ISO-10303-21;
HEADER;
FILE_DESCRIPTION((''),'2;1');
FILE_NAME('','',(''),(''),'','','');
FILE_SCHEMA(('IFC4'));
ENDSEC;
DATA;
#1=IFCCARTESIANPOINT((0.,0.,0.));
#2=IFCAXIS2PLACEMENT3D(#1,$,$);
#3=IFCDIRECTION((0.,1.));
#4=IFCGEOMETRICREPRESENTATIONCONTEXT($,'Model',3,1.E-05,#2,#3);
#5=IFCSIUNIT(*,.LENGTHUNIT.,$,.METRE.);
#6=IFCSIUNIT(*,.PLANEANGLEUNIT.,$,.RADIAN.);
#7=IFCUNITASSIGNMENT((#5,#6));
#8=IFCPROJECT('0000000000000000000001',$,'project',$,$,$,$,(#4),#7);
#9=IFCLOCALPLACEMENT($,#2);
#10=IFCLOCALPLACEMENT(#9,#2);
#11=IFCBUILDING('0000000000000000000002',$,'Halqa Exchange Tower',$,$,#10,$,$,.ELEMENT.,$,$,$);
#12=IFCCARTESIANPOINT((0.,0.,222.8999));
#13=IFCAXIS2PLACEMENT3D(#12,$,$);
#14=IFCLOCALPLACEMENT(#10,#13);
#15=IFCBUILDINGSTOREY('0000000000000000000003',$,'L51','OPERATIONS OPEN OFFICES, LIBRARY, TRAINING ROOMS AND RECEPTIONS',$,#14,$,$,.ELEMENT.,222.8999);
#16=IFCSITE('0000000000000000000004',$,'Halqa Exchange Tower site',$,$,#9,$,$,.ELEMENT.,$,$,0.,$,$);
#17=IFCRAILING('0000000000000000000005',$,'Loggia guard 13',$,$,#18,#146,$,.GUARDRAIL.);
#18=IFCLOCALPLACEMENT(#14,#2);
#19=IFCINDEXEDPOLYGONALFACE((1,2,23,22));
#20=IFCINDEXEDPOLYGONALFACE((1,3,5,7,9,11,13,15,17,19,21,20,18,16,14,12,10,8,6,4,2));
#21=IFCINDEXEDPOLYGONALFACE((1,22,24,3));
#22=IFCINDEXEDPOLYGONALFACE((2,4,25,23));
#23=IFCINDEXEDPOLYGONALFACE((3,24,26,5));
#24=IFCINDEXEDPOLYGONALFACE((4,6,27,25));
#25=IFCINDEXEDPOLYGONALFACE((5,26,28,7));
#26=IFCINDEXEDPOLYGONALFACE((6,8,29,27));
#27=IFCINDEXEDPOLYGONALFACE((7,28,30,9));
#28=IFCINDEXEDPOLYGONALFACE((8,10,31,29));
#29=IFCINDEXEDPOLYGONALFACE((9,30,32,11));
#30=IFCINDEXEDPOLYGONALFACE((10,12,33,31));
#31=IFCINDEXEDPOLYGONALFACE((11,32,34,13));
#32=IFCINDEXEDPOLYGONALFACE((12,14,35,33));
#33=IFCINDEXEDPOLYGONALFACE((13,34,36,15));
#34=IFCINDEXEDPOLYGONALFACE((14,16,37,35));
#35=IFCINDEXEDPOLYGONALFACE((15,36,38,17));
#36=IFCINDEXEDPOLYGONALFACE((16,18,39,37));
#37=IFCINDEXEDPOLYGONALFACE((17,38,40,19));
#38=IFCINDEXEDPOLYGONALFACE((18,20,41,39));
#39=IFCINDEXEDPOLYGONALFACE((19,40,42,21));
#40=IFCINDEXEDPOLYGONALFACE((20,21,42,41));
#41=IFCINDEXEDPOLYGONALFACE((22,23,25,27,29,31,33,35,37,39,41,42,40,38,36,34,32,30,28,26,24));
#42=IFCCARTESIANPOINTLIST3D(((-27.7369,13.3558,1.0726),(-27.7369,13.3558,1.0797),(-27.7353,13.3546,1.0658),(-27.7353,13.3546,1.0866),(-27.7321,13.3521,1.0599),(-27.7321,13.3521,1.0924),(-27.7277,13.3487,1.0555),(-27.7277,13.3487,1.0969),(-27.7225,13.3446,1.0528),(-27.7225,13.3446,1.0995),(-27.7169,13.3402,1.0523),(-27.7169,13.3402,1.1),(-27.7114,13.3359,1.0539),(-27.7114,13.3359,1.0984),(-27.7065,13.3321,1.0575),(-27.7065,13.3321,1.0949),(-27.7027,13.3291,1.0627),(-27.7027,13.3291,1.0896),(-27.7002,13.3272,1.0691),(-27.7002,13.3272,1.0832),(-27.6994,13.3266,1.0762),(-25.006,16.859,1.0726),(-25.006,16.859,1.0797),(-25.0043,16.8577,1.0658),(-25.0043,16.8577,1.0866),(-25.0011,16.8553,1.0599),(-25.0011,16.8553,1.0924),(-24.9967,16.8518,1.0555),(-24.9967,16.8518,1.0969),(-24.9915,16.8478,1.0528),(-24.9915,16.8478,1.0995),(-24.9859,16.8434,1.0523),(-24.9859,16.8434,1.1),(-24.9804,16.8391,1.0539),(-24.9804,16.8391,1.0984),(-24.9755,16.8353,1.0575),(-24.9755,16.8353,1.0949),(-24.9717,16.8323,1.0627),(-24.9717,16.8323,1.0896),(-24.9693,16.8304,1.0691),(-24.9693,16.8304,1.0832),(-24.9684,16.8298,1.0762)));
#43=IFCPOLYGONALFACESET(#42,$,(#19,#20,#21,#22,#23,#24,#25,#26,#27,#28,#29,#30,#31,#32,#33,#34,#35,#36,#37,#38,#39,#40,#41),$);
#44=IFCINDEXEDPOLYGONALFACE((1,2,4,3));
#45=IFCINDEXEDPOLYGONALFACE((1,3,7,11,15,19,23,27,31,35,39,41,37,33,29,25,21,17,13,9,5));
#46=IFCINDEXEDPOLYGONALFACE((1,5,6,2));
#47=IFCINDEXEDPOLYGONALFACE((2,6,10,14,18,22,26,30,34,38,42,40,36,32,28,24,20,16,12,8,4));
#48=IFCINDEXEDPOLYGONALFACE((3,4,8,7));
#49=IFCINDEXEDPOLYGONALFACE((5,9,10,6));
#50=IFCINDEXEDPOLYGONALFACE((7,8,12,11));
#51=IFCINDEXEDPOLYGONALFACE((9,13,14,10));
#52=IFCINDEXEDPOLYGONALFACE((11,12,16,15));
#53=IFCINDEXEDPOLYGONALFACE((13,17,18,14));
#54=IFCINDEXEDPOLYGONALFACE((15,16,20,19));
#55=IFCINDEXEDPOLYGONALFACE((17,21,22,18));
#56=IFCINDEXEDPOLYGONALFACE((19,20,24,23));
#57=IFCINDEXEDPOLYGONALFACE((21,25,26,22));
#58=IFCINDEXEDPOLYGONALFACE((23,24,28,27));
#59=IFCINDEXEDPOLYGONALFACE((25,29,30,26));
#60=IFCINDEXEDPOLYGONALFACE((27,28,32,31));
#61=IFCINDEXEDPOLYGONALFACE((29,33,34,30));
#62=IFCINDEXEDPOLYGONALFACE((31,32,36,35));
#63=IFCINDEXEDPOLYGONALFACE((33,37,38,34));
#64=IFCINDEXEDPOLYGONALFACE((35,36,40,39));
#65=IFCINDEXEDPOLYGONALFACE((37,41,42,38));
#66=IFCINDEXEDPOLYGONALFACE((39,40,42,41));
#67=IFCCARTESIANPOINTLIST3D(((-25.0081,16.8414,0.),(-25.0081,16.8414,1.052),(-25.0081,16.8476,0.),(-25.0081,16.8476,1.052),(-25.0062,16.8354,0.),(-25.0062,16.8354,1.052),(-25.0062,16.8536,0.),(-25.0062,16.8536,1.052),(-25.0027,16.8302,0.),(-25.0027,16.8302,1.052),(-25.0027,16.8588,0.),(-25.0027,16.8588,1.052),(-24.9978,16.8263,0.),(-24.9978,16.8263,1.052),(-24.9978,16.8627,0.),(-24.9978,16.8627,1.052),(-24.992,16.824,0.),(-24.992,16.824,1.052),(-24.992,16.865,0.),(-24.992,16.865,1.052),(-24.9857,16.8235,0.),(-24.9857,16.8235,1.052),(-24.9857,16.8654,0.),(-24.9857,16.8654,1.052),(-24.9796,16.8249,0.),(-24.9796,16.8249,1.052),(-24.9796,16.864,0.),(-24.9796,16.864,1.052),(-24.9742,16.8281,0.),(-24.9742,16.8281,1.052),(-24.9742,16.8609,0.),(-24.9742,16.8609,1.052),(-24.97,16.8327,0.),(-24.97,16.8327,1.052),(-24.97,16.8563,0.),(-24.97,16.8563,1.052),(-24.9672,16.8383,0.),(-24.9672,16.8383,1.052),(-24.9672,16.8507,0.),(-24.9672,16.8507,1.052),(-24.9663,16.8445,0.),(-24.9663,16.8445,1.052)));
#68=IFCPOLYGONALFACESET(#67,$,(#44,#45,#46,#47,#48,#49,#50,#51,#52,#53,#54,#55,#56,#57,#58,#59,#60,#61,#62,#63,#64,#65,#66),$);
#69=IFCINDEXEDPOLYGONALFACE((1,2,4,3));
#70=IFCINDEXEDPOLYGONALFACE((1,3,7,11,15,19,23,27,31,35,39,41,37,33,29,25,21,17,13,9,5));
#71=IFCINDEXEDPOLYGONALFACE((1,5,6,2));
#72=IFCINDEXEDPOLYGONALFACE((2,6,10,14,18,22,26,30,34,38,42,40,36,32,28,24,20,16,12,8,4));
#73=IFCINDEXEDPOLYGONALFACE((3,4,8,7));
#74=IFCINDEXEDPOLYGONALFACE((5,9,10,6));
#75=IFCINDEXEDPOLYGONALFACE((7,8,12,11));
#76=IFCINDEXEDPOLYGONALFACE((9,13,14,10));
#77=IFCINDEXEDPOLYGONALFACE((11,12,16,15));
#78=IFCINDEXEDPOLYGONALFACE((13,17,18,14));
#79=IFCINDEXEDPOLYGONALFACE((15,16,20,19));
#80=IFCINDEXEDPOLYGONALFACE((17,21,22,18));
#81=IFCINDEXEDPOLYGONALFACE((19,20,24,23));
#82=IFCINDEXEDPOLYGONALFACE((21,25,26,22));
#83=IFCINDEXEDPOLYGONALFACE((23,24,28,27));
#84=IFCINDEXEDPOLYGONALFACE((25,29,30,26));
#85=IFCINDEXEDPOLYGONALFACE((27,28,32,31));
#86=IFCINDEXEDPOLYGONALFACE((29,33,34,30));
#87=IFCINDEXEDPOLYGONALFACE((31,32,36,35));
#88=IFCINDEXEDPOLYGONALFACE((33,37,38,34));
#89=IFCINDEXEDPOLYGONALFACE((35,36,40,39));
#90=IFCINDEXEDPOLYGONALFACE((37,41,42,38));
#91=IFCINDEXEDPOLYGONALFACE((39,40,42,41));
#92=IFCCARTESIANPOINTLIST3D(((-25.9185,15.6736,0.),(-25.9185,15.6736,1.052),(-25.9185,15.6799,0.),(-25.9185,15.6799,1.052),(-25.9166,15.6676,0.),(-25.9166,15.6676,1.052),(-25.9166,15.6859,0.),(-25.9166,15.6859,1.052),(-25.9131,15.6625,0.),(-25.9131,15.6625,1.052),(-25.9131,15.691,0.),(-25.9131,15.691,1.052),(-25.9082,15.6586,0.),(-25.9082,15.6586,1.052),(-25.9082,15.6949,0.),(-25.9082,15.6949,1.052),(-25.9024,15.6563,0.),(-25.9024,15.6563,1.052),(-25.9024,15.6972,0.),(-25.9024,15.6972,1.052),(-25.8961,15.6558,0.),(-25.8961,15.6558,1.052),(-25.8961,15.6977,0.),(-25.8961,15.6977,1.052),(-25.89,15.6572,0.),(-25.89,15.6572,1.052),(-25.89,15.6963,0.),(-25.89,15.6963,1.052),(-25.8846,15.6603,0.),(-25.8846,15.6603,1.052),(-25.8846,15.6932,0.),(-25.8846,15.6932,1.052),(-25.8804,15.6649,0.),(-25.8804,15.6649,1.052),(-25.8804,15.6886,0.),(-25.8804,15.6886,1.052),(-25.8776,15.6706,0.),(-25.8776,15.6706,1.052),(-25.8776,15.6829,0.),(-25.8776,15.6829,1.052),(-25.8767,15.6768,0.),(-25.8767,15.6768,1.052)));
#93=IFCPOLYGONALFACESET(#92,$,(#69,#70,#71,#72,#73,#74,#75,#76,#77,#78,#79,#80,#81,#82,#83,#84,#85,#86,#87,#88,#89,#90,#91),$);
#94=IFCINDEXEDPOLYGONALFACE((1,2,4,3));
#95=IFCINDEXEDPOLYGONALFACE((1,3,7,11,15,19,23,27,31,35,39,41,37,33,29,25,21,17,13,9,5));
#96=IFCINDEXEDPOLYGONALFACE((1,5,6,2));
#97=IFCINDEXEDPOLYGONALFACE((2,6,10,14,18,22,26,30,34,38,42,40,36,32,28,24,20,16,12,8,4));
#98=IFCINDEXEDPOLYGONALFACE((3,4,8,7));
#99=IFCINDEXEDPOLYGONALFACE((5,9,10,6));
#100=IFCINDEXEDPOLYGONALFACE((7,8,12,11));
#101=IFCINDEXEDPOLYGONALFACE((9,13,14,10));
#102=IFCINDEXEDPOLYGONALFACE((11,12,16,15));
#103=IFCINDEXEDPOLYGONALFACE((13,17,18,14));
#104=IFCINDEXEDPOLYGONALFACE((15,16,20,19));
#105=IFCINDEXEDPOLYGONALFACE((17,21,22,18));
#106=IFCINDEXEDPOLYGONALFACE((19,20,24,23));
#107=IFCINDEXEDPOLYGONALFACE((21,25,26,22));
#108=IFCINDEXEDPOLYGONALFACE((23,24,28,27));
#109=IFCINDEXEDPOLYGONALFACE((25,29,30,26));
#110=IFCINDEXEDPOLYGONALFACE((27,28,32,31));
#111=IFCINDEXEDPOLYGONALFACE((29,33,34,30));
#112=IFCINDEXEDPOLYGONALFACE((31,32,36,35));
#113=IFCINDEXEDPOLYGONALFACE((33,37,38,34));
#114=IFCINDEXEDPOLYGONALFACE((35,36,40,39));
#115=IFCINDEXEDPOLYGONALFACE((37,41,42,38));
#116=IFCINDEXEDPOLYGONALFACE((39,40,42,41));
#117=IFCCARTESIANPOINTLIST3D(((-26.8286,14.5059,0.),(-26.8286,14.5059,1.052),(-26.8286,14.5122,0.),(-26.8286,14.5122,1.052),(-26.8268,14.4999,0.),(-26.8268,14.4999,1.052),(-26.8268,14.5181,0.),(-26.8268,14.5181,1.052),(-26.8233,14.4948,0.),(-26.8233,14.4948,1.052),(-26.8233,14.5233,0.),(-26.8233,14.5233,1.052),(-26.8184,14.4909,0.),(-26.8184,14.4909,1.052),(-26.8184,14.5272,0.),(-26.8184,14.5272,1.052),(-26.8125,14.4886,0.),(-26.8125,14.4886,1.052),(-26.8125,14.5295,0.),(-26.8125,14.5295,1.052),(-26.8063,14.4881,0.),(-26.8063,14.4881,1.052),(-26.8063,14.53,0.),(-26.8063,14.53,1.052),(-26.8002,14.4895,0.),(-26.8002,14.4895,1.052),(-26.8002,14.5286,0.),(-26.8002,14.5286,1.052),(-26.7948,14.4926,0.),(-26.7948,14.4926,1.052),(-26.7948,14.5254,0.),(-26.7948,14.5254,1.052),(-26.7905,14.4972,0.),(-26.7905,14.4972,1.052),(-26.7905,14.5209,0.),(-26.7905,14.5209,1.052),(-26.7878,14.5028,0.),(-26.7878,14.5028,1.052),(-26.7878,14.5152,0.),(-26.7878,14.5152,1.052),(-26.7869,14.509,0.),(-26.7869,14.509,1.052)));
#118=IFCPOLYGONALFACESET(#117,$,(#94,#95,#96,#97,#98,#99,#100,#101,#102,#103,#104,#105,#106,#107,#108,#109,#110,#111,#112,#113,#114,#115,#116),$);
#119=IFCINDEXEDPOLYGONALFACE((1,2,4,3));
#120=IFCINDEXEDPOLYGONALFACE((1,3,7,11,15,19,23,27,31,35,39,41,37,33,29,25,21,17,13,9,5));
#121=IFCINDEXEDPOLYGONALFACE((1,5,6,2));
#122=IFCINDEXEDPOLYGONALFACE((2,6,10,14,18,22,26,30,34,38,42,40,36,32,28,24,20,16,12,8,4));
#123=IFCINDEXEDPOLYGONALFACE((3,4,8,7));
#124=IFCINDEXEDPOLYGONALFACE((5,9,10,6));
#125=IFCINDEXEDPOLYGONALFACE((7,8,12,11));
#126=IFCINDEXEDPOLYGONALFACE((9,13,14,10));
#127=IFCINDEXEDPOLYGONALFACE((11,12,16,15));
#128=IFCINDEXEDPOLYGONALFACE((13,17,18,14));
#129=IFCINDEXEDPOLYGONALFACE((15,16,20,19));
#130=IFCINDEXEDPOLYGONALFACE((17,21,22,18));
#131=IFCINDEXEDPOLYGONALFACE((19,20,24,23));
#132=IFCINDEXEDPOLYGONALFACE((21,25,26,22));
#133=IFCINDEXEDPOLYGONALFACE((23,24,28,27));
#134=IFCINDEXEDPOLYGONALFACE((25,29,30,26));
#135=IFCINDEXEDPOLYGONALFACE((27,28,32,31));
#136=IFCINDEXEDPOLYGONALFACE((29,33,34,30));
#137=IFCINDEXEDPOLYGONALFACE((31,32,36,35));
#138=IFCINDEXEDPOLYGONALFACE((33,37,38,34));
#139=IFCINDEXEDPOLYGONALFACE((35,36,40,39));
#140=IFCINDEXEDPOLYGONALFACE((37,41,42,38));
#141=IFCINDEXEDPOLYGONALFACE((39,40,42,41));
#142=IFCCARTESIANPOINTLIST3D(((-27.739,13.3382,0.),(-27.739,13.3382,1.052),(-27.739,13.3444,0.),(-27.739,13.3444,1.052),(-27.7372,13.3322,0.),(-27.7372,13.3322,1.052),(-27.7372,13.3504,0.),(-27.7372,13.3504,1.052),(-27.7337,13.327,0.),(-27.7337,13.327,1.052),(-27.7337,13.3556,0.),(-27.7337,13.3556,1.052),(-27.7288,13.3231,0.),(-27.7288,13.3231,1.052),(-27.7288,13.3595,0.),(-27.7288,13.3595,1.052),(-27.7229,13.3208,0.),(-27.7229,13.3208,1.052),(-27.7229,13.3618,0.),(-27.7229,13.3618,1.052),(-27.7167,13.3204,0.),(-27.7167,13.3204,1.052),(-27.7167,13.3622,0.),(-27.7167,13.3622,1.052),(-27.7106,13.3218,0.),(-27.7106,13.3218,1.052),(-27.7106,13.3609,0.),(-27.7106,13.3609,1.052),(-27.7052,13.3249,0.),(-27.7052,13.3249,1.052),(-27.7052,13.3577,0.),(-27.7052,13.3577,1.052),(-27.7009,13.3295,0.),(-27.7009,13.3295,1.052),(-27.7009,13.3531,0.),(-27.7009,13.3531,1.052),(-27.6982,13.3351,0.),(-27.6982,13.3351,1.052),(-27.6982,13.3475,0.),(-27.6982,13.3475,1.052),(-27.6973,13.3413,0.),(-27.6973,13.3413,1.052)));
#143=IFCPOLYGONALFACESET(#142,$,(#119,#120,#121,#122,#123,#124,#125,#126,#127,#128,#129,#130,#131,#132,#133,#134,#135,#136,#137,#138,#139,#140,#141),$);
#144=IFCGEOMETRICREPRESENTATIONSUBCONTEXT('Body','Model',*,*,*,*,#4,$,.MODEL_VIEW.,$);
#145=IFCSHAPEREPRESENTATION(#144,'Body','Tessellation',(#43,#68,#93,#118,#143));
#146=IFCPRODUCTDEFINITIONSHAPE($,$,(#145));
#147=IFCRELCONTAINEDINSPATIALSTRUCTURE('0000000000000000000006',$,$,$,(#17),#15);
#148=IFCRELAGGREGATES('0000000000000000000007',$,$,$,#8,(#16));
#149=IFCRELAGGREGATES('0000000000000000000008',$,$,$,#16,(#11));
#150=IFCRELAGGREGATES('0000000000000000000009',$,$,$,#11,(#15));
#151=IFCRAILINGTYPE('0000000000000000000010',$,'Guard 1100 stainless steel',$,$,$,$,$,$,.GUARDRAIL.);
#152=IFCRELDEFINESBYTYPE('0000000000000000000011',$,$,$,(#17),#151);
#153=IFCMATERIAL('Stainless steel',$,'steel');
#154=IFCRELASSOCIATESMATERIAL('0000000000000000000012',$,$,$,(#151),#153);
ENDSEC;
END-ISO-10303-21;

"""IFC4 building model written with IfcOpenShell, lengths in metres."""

from ifc_helpers import new_model, si_unit, direction, frame, origin, origin_2d, place, context, subcontext, project, spatial, circle, extrude, material, type_object, element, save


model = new_model("IFC4")

# Units and contexts
model_context = context("Model", 3, precision=1e-05, world=origin(), true_north=direction((0.0, 1.0)))
body_context = subcontext(model_context, "Body", "Model", "MODEL_VIEW")
ifc_project = project(units=[si_unit("LENGTHUNIT", "METRE"), si_unit("PLANEANGLEUNIT", "RADIAN")], contexts=[model_context])

# Site, building, storey
site_placement = place(None, origin())
site = spatial("IfcSite", under=ifc_project, at=site_placement, Name="Halqa Exchange Tower site", CompositionType="ELEMENT", RefElevation=0.0)
building_placement = place(site_placement, origin())
building = spatial("IfcBuilding", under=site, at=building_placement, Name="Halqa Exchange Tower", CompositionType="ELEMENT")
storey_placement = place(building_placement, frame((0.0, 0.0, 222.8999)))
storey = spatial("IfcBuildingStorey", under=building, at=storey_placement, Name="L51", Description="OPERATIONS OPEN OFFICES, LIBRARY, TRAINING ROOMS AND RECEPTIONS", CompositionType="ELEMENT", Elevation=222.8999)

# Railing
ifc_material_1 = material(Name="Stainless steel", Category="steel")
railing_type = type_object("IfcRailingType", Name="Guard 1100 stainless steel", PredefinedType="GUARDRAIL", material=ifc_material_1)
railing_1_placement = place(storey_placement, frame((-24.9873, 16.8445, 0.0)))
element("IfcRailing", 1, at=railing_1_placement, inside=storey, type_object=railing_type, Name="Loggia guard 13", PredefinedType="GUARDRAIL", context=body_context, shape_type="SweptSolid", body=[
    extrude(circle(Radius=0.0239, at=origin_2d()), frame((0.0, 0.0, 1.0762), z_axis=(-0.614819, -0.788668, 0.0), x_axis=(0.788668, -0.614819, 0.0)), (0.0, 0.0, 1.0), 4.4419),
    extrude(circle(Radius=0.021, at=origin_2d()), origin(), (0.0, 0.0, 1.0), 1.052),
    extrude(circle(Radius=0.021, at=origin_2d()), frame((-0.9104, -1.1677, 0.0)), (0.0, 0.0, 1.0), 1.052),
    extrude(circle(Radius=0.021, at=origin_2d()), frame((-1.8206, -2.3354, 0.0)), (0.0, 0.0, 1.0), 1.052),
    extrude(circle(Radius=0.021, at=origin_2d()), frame((-2.731, -3.5032, 0.0)), (0.0, 0.0, 1.0), 1.052),
])

save(model, "model.ifc")
